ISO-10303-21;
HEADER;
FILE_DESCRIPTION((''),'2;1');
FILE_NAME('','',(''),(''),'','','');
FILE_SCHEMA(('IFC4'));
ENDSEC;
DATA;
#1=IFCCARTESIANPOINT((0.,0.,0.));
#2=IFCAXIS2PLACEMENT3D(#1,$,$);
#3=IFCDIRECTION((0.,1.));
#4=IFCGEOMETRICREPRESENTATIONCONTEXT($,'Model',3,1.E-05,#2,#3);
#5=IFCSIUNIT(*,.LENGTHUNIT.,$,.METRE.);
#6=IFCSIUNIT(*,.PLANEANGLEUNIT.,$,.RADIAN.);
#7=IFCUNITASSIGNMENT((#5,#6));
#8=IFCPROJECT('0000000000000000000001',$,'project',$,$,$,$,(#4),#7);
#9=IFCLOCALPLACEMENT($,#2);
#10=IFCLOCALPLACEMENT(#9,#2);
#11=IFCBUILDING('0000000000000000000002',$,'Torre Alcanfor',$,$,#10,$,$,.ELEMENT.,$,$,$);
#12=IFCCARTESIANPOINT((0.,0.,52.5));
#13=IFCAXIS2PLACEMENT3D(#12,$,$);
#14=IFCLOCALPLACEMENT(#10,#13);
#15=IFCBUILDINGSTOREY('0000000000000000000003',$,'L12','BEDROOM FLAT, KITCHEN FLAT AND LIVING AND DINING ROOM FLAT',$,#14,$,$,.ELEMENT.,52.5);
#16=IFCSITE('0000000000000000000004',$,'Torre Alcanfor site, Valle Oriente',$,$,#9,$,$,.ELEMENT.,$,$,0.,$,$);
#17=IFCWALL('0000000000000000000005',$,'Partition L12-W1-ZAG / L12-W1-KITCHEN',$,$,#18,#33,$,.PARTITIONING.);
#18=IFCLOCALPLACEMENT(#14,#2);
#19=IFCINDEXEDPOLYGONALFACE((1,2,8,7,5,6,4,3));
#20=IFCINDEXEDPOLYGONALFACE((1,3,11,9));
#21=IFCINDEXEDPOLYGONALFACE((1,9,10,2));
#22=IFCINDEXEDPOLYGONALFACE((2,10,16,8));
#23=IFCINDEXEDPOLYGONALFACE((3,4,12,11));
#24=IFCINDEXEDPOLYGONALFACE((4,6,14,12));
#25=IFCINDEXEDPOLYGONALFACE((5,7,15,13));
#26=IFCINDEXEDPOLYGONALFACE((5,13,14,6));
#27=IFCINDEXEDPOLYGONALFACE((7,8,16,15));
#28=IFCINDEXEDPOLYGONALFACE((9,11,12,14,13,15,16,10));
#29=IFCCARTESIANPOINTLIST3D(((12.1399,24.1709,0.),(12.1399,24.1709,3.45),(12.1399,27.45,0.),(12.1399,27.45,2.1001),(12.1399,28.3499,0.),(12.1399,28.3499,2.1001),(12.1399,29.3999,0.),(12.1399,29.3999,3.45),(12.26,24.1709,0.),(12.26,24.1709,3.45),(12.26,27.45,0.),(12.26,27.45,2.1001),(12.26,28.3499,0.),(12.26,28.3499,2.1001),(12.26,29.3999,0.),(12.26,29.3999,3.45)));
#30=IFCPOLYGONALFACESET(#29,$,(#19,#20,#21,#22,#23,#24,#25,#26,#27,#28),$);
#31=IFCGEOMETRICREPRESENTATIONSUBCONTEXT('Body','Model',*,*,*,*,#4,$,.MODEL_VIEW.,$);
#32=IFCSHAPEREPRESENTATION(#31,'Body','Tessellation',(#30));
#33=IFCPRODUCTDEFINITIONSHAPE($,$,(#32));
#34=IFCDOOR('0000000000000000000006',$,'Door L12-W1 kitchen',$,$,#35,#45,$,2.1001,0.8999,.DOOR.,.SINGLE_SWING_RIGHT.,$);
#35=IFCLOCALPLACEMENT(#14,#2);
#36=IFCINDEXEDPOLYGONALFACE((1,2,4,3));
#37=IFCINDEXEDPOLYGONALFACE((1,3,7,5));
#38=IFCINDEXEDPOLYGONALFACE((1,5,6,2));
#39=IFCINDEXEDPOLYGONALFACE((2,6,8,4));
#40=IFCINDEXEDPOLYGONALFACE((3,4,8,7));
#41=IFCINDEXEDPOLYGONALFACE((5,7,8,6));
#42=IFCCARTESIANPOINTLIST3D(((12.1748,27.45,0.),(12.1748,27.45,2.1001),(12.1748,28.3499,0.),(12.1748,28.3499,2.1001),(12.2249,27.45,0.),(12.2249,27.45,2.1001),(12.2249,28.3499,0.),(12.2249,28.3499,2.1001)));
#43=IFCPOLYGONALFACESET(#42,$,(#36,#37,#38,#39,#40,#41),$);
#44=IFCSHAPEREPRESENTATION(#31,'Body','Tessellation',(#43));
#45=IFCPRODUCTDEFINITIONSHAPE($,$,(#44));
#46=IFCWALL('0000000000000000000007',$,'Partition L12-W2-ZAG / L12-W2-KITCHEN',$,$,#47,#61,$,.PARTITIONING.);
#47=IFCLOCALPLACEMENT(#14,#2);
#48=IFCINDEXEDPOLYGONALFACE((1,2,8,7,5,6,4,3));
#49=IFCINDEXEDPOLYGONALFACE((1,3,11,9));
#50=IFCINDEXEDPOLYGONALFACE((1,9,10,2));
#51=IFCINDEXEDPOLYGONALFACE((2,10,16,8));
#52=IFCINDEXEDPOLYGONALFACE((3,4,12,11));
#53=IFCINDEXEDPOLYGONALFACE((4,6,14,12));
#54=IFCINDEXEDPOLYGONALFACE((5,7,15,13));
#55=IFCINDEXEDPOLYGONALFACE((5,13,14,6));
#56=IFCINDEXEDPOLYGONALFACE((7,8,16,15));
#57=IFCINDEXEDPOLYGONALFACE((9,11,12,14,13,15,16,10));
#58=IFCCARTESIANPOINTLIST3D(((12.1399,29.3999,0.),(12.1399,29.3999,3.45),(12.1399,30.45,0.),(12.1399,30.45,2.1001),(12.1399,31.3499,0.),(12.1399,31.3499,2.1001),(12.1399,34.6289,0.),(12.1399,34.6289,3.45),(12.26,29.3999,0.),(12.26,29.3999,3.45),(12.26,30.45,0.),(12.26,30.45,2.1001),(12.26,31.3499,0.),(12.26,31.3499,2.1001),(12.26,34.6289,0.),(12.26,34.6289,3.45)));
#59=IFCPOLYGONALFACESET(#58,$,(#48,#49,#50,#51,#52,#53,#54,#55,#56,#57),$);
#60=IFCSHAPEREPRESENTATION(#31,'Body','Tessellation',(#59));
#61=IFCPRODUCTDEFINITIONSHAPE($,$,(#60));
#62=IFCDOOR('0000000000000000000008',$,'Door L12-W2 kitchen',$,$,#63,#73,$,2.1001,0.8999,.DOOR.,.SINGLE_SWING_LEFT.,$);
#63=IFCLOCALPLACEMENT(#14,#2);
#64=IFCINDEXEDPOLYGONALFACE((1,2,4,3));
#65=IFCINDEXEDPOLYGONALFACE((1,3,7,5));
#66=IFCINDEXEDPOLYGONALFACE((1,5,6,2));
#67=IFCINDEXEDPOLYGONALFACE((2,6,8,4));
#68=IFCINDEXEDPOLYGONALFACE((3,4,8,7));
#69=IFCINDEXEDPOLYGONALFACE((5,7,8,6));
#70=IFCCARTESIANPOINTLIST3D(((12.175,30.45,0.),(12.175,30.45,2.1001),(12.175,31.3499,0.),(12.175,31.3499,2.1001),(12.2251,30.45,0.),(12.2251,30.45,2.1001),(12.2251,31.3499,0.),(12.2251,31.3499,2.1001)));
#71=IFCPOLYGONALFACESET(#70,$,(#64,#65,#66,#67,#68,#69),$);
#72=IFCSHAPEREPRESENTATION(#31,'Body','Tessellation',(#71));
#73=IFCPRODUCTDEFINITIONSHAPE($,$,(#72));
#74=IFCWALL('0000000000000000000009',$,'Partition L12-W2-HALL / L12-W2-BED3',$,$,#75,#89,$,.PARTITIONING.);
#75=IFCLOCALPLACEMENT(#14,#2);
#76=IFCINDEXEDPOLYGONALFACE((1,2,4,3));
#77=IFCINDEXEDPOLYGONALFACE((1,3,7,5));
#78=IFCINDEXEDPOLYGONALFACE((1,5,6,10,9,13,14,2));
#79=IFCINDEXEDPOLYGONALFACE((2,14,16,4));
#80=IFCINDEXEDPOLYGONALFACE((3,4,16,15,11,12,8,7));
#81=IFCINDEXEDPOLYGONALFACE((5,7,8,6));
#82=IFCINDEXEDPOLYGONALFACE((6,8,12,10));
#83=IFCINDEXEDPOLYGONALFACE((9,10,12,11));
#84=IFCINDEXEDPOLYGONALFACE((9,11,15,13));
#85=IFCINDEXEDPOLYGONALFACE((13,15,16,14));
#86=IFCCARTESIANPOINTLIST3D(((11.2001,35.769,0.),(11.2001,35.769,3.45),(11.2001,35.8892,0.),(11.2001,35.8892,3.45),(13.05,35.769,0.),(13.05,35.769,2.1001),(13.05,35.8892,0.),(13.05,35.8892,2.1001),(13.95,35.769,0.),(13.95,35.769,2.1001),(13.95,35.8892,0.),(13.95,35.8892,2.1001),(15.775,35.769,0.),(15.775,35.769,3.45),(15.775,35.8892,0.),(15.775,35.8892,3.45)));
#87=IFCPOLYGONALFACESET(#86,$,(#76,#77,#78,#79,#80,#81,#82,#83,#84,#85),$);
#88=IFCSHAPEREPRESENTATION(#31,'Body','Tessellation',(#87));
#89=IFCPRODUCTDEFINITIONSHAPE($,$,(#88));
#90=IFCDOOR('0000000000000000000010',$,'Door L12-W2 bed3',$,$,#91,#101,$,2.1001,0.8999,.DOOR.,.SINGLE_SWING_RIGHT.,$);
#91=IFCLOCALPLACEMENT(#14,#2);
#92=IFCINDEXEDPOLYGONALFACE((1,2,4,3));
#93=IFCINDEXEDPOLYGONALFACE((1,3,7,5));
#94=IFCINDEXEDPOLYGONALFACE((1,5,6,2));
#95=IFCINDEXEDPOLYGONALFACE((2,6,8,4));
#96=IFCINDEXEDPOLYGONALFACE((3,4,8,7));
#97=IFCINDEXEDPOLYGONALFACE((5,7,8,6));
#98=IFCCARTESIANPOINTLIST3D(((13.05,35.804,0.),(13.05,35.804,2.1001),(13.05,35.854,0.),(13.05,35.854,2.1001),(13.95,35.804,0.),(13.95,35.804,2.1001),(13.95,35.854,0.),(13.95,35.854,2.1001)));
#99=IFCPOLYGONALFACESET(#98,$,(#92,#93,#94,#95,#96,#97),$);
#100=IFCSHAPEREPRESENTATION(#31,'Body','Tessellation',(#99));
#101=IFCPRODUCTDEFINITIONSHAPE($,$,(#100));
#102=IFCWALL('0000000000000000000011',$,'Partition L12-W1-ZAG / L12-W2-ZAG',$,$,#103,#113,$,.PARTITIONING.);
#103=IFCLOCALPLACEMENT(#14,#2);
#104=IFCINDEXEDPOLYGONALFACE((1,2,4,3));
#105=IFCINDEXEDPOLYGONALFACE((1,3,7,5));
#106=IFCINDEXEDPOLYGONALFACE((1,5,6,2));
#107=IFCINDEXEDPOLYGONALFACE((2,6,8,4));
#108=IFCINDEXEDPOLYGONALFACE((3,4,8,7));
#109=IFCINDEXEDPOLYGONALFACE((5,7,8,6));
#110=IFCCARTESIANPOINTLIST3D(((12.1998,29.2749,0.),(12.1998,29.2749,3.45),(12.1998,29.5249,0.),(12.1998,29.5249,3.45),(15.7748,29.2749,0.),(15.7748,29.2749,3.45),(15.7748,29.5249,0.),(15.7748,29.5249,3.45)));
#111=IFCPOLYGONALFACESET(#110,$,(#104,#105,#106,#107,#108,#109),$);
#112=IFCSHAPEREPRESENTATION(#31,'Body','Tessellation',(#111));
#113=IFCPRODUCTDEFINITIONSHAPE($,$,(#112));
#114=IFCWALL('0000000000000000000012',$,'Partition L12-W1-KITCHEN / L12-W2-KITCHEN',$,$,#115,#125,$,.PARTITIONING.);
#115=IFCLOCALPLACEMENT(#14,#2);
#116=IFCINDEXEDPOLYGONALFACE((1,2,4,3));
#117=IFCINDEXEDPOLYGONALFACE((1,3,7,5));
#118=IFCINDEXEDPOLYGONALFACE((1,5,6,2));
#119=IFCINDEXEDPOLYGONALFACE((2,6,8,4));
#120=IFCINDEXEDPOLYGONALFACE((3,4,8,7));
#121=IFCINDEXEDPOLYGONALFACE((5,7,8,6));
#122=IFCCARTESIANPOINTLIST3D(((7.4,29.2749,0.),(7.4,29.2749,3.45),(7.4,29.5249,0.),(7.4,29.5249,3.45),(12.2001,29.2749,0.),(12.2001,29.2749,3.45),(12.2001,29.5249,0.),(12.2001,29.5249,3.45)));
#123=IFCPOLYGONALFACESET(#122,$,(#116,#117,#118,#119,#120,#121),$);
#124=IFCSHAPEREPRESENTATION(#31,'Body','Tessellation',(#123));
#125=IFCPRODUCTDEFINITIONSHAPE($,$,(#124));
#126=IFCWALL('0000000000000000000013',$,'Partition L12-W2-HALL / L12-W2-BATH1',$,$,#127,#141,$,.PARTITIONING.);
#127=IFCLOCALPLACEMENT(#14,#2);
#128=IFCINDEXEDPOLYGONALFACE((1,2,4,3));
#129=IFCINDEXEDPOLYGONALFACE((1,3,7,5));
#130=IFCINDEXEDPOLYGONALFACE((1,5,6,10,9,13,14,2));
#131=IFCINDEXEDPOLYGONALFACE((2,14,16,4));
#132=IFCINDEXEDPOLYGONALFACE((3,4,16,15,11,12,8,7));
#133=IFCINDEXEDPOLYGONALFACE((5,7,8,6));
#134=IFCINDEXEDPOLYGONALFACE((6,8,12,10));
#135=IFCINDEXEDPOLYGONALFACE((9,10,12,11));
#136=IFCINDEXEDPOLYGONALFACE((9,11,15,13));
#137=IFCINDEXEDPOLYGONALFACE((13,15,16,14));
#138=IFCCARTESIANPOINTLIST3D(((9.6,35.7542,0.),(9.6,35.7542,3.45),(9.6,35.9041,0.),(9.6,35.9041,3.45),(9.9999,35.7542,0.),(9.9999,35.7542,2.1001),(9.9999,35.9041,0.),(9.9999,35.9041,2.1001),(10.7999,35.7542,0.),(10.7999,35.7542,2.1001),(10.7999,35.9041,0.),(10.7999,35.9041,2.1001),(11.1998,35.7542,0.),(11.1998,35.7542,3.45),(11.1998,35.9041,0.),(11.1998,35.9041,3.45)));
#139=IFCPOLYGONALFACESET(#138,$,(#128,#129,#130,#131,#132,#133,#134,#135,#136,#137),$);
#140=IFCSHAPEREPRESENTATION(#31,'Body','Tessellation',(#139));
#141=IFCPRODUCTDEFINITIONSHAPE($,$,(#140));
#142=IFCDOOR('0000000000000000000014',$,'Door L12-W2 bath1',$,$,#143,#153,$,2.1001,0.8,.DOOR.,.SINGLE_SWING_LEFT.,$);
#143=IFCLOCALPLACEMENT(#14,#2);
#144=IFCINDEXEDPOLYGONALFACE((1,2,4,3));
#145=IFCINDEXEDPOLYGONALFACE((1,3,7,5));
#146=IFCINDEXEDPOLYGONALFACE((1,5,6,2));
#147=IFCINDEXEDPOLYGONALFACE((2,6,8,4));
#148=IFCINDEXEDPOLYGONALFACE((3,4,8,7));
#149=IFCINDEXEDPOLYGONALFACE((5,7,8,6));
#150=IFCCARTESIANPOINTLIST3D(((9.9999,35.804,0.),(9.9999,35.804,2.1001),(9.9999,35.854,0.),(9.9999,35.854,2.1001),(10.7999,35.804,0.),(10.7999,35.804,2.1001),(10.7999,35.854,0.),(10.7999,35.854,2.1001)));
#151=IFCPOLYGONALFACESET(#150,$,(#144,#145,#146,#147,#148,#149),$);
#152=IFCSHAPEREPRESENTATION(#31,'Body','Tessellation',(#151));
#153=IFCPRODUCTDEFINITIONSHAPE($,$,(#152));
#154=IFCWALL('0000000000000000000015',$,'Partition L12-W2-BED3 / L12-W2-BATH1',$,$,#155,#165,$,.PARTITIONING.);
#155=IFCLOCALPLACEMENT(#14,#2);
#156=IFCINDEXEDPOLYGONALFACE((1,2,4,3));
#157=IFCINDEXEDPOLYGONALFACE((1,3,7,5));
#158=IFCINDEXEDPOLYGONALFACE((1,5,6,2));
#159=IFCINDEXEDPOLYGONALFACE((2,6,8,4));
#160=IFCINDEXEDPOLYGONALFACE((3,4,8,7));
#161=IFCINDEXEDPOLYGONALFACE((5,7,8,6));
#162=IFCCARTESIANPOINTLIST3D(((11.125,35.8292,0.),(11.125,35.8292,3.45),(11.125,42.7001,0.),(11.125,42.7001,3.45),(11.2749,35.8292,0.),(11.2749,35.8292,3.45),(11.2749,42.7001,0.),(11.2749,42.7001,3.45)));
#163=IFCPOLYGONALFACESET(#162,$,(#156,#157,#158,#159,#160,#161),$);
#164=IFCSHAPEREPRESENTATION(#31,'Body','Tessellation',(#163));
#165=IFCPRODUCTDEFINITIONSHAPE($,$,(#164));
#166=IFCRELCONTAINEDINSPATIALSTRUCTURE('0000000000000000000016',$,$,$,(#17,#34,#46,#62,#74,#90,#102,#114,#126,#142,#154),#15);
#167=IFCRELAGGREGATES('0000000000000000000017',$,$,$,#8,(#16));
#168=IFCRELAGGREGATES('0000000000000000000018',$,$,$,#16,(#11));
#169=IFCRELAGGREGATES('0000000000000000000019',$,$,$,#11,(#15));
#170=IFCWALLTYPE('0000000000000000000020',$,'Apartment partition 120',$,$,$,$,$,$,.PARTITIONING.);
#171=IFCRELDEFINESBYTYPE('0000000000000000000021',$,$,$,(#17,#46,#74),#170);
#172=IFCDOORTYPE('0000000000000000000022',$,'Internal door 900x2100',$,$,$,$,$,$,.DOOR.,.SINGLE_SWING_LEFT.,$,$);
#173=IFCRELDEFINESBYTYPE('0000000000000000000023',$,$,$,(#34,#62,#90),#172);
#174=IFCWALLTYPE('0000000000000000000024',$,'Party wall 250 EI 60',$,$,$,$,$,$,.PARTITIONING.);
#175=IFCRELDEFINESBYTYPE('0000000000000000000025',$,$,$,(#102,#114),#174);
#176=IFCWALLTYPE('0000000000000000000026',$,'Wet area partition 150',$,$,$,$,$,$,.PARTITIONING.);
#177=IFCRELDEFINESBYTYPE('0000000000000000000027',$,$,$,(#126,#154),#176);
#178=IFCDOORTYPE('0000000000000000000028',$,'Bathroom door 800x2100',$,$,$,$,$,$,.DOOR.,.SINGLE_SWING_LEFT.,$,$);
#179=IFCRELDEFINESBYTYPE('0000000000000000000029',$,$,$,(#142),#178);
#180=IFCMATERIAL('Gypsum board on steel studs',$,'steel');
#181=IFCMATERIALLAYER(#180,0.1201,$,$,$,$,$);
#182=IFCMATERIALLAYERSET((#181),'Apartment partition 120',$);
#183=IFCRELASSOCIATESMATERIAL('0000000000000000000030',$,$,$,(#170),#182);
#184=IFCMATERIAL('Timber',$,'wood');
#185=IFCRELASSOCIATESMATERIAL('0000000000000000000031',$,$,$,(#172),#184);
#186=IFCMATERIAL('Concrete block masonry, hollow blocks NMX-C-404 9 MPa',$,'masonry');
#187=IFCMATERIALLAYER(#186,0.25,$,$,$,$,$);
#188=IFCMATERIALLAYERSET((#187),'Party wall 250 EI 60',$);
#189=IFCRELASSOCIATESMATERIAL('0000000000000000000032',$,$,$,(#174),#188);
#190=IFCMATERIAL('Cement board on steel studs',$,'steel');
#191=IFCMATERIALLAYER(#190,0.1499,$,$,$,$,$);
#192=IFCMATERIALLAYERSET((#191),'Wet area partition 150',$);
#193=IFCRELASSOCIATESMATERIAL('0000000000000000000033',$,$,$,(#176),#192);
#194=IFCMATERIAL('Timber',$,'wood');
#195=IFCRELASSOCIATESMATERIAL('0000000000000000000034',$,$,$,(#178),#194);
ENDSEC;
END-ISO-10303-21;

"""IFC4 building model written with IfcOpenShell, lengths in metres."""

from ifc_helpers import new_model, si_unit, direction, frame, frame_2d, origin, place, context, subcontext, project, spatial, rectangle, extrude, material, layer, layer_set, type_object, element, fill, save


model = new_model("IFC4")

# Units and contexts
model_context = context("Model", 3, precision=1e-05, world=origin(), true_north=direction((0.0, 1.0)))
body_context = subcontext(model_context, "Body", "Model", "MODEL_VIEW")
ifc_project = project(units=[si_unit("LENGTHUNIT", "METRE"), si_unit("PLANEANGLEUNIT", "RADIAN")], contexts=[model_context])

# Site, building, storey
site_placement = place(None, origin())
site = spatial("IfcSite", under=ifc_project, at=site_placement, Name="Torre Alcanfor site, Valle Oriente", CompositionType="ELEMENT", RefElevation=0.0)
building_placement = place(site_placement, origin())
building = spatial("IfcBuilding", under=site, at=building_placement, Name="Torre Alcanfor", CompositionType="ELEMENT")
storey_placement = place(building_placement, frame((0.0, 0.0, 52.5)))
storey = spatial("IfcBuildingStorey", under=building, at=storey_placement, Name="L12", Description="BEDROOM FLAT, KITCHEN FLAT AND LIVING AND DINING ROOM FLAT", CompositionType="ELEMENT", Elevation=52.5)

# Walls, openings, doors
ifc_material_1 = material(Name="Gypsum board on steel studs", Category="steel")
ifc_layer_1 = layer(ifc_material_1, 0.1201)
ifc_layer_set_1 = layer_set([ifc_layer_1], Name="Apartment partition 120")
wall_type_1 = type_object("IfcWallType", Name="Apartment partition 120", PredefinedType="PARTITIONING", material=ifc_layer_set_1)
wall_1_placement = place(storey_placement, frame((12.2, 29.3999, 0.0), z_axis=(0.0, 0.0, 1.0), x_axis=(0.0, -1.0, 0.0)))
wall_1 = element("IfcWall", 1, at=wall_1_placement, inside=storey, type_object=wall_type_1, Name="Partition L12-W1-ZAG / L12-W1-KITCHEN", PredefinedType="PARTITIONING", context=body_context, shape_type="SweptSolid", body=[
    extrude(rectangle(XDim=5.229, YDim=0.1201, at=frame_2d((2.6145, 0.0))), origin(), (0.0, 0.0, 1.0), 3.45),
])
opening_1_placement = place(wall_1_placement, frame((1.05, 0.0, 0.0)))
opening_1 = element("IfcOpeningElement", 2, at=opening_1_placement, cuts=wall_1, PredefinedType="OPENING", context=body_context, shape_type="SweptSolid", body=[
    extrude(rectangle(XDim=0.8999, YDim=2.1001, at=frame_2d((0.45, 1.05))), frame((0.0, 0.0701, 0.0), z_axis=(0.0, -1.0, 0.0), x_axis=(1.0, 0.0, 0.0)), (0.0, 0.0, 1.0), 0.1401),
])
ifc_material_2 = material(Name="Timber", Category="wood")
door_type_1 = type_object("IfcDoorType", Name="Internal door 900x2100", OperationType="SINGLE_SWING_LEFT", PredefinedType="DOOR", material=ifc_material_2)
door_1_placement = place(opening_1_placement, frame((0.8999, 0.0, 0.0), z_axis=(0.0, 0.0, 1.0), x_axis=(-1.0, 0.0, 0.0)))
door_1 = element("IfcDoor", 3, at=door_1_placement, inside=storey, type_object=door_type_1, Name="Door L12-W1 kitchen", OperationType="SINGLE_SWING_RIGHT", OverallHeight=2.1001, OverallWidth=0.8999, PredefinedType="DOOR", context=body_context, shape_type="SweptSolid", body=[
    extrude(rectangle(XDim=0.8999, YDim=2.1001, at=frame_2d((0.45, 1.05))), frame((0.0, 0.0251, 0.0), z_axis=(0.0, -1.0, 0.0), x_axis=(1.0, 0.0, 0.0)), (0.0, 0.0, 1.0), 0.05),
])
fill(opening_1, door_1)
wall_2_placement = place(storey_placement, frame((12.2, 29.3999, 0.0), z_axis=(0.0, 0.0, 1.0), x_axis=(0.0, 1.0, 0.0)))
wall_2 = element("IfcWall", 4, at=wall_2_placement, inside=storey, type_object=wall_type_1, Name="Partition L12-W2-ZAG / L12-W2-KITCHEN", PredefinedType="PARTITIONING", context=body_context, shape_type="SweptSolid", body=[
    extrude(rectangle(XDim=5.229, YDim=0.1201, at=frame_2d((2.6145, 0.0))), origin(), (0.0, 0.0, 1.0), 3.45),
])
opening_2_placement = place(wall_2_placement, frame((1.05, 0.0, 0.0)))
opening_2 = element("IfcOpeningElement", 5, at=opening_2_placement, cuts=wall_2, PredefinedType="OPENING", context=body_context, shape_type="SweptSolid", body=[
    extrude(rectangle(XDim=0.8999, YDim=2.1001, at=frame_2d((0.45, 1.05))), frame((0.0, 0.0701, 0.0), z_axis=(0.0, -1.0, 0.0), x_axis=(1.0, 0.0, 0.0)), (0.0, 0.0, 1.0), 0.1401),
])
door_2_placement = place(opening_2_placement, origin())
door_2 = element("IfcDoor", 6, at=door_2_placement, inside=storey, type_object=door_type_1, Name="Door L12-W2 kitchen", OperationType="SINGLE_SWING_LEFT", OverallHeight=2.1001, OverallWidth=0.8999, PredefinedType="DOOR", context=body_context, shape_type="SweptSolid", body=[
    extrude(rectangle(XDim=0.8999, YDim=2.1001, at=frame_2d((0.45, 1.05))), frame((0.0, 0.0249, 0.0), z_axis=(0.0, -1.0, 0.0), x_axis=(1.0, 0.0, 0.0)), (0.0, 0.0, 1.0), 0.05),
])
fill(opening_2, door_2)
wall_3_placement = place(storey_placement, frame((11.2, 35.8291, 0.0), z_axis=(0.0, 0.0, 1.0), x_axis=(1.0, 0.0, 0.0)))
wall_3 = element("IfcWall", 7, at=wall_3_placement, inside=storey, type_object=wall_type_1, Name="Partition L12-W2-HALL / L12-W2-BED3", PredefinedType="PARTITIONING", context=body_context, shape_type="SweptSolid", body=[
    extrude(rectangle(XDim=4.575, YDim=0.1201, at=frame_2d((2.2876, 0.0))), origin(), (0.0, 0.0, 1.0), 3.45),
])
opening_3_placement = place(wall_3_placement, frame((1.8501, 0.0, 0.0)))
opening_3 = element("IfcOpeningElement", 8, at=opening_3_placement, cuts=wall_3, PredefinedType="OPENING", context=body_context, shape_type="SweptSolid", body=[
    extrude(rectangle(XDim=0.8999, YDim=2.1001, at=frame_2d((0.45, 1.05))), frame((0.0, 0.0701, 0.0), z_axis=(0.0, -1.0, 0.0), x_axis=(1.0, 0.0, 0.0)), (0.0, 0.0, 1.0), 0.1401),
])
door_3_placement = place(opening_3_placement, origin())
door_3 = element("IfcDoor", 9, at=door_3_placement, inside=storey, type_object=door_type_1, Name="Door L12-W2 bed3", OperationType="SINGLE_SWING_RIGHT", OverallHeight=2.1001, OverallWidth=0.8999, PredefinedType="DOOR", context=body_context, shape_type="SweptSolid", body=[
    extrude(rectangle(XDim=0.8999, YDim=2.1001, at=frame_2d((0.45, 1.05))), frame((0.0, 0.0249, 0.0), z_axis=(0.0, -1.0, 0.0), x_axis=(1.0, 0.0, 0.0)), (0.0, 0.0, 1.0), 0.05),
])
fill(opening_3, door_3)

# Walls
ifc_material_3 = material(Name="Concrete block masonry, hollow blocks NMX-C-404 9 MPa", Category="masonry")
ifc_layer_2 = layer(ifc_material_3, 0.25)
ifc_layer_set_2 = layer_set([ifc_layer_2], Name="Party wall 250 EI 60")
wall_type_2 = type_object("IfcWallType", Name="Party wall 250 EI 60", PredefinedType="PARTITIONING", material=ifc_layer_set_2)
wall_4_placement = place(storey_placement, frame((15.7749, 29.3999, 0.0), z_axis=(0.0, 0.0, 1.0), x_axis=(-1.0, 0.0, 0.0)))
element("IfcWall", 10, at=wall_4_placement, inside=storey, type_object=wall_type_2, Name="Partition L12-W1-ZAG / L12-W2-ZAG", PredefinedType="PARTITIONING", context=body_context, shape_type="SweptSolid", body=[
    extrude(rectangle(XDim=3.575, YDim=0.25, at=frame_2d((1.7876, 0.0))), origin(), (0.0, 0.0, 1.0), 3.45),
])
wall_5_placement = place(storey_placement, frame((12.2, 29.3999, 0.0), z_axis=(0.0, 0.0, 1.0), x_axis=(-1.0, 0.0, 0.0)))
element("IfcWall", 11, at=wall_5_placement, inside=storey, type_object=wall_type_2, Name="Partition L12-W1-KITCHEN / L12-W2-KITCHEN", PredefinedType="PARTITIONING", context=body_context, shape_type="SweptSolid", body=[
    extrude(rectangle(XDim=4.8, YDim=0.25, at=frame_2d((2.3999, 0.0))), origin(), (0.0, 0.0, 1.0), 3.45),
])

# Wall, opening, door
ifc_material_4 = material(Name="Cement board on steel studs", Category="steel")
ifc_layer_3 = layer(ifc_material_4, 0.1499)
ifc_layer_set_3 = layer_set([ifc_layer_3], Name="Wet area partition 150")
wall_type_3 = type_object("IfcWallType", Name="Wet area partition 150", PredefinedType="PARTITIONING", material=ifc_layer_set_3)
wall_6_placement = place(storey_placement, frame((9.6001, 35.8291, 0.0), z_axis=(0.0, 0.0, 1.0), x_axis=(1.0, 0.0, 0.0)))
wall_6 = element("IfcWall", 12, at=wall_6_placement, inside=storey, type_object=wall_type_3, Name="Partition L12-W2-HALL / L12-W2-BATH1", PredefinedType="PARTITIONING", context=body_context, shape_type="SweptSolid", body=[
    extrude(rectangle(XDim=1.5999, YDim=0.1499, at=frame_2d((0.7998, 0.0))), origin(), (0.0, 0.0, 1.0), 3.45),
])
opening_4_placement = place(wall_6_placement, frame((0.3999, 0.0, 0.0)))
opening_4 = element("IfcOpeningElement", 13, at=opening_4_placement, cuts=wall_6, PredefinedType="OPENING", context=body_context, shape_type="SweptSolid", body=[
    extrude(rectangle(XDim=0.8, YDim=2.1001, at=frame_2d((0.3999, 1.05))), frame((0.0, 0.085, 0.0), z_axis=(0.0, -1.0, 0.0), x_axis=(1.0, 0.0, 0.0)), (0.0, 0.0, 1.0), 0.1699),
])
ifc_material_5 = material(Name="Timber", Category="wood")
door_type_2 = type_object("IfcDoorType", Name="Bathroom door 800x2100", OperationType="SINGLE_SWING_LEFT", PredefinedType="DOOR", material=ifc_material_5)
door_4_placement = place(opening_4_placement, origin())
door_4 = element("IfcDoor", 14, at=door_4_placement, inside=storey, type_object=door_type_2, Name="Door L12-W2 bath1", OperationType="SINGLE_SWING_LEFT", OverallHeight=2.1001, OverallWidth=0.8, PredefinedType="DOOR", context=body_context, shape_type="SweptSolid", body=[
    extrude(rectangle(XDim=0.8, YDim=2.1001, at=frame_2d((0.3999, 1.05))), frame((0.0, 0.0249, 0.0), z_axis=(0.0, -1.0, 0.0), x_axis=(1.0, 0.0, 0.0)), (0.0, 0.0, 1.0), 0.05),
])
fill(opening_4, door_4)

# Wall
for number, where, z_axis, x_axis, name in (
    (15, (11.2, 35.8291, 0.0), (0.0, 0.0, 1.0), (0.0, 1.0, 0.0), "Partition L12-W2-BED3 / L12-W2-BATH1"),
):
    element("IfcWall", number, at=place(storey_placement, frame(where, z_axis=z_axis, x_axis=x_axis)), inside=storey, type_object=wall_type_3, Name=name, PredefinedType="PARTITIONING", context=body_context, shape_type="SweptSolid", body=[
        extrude(rectangle(XDim=6.8708, YDim=0.1499, at=frame_2d((3.4355, 0.0))), origin(), (0.0, 0.0, 1.0), 3.45),
    ])

save(model, "model.ifc")
